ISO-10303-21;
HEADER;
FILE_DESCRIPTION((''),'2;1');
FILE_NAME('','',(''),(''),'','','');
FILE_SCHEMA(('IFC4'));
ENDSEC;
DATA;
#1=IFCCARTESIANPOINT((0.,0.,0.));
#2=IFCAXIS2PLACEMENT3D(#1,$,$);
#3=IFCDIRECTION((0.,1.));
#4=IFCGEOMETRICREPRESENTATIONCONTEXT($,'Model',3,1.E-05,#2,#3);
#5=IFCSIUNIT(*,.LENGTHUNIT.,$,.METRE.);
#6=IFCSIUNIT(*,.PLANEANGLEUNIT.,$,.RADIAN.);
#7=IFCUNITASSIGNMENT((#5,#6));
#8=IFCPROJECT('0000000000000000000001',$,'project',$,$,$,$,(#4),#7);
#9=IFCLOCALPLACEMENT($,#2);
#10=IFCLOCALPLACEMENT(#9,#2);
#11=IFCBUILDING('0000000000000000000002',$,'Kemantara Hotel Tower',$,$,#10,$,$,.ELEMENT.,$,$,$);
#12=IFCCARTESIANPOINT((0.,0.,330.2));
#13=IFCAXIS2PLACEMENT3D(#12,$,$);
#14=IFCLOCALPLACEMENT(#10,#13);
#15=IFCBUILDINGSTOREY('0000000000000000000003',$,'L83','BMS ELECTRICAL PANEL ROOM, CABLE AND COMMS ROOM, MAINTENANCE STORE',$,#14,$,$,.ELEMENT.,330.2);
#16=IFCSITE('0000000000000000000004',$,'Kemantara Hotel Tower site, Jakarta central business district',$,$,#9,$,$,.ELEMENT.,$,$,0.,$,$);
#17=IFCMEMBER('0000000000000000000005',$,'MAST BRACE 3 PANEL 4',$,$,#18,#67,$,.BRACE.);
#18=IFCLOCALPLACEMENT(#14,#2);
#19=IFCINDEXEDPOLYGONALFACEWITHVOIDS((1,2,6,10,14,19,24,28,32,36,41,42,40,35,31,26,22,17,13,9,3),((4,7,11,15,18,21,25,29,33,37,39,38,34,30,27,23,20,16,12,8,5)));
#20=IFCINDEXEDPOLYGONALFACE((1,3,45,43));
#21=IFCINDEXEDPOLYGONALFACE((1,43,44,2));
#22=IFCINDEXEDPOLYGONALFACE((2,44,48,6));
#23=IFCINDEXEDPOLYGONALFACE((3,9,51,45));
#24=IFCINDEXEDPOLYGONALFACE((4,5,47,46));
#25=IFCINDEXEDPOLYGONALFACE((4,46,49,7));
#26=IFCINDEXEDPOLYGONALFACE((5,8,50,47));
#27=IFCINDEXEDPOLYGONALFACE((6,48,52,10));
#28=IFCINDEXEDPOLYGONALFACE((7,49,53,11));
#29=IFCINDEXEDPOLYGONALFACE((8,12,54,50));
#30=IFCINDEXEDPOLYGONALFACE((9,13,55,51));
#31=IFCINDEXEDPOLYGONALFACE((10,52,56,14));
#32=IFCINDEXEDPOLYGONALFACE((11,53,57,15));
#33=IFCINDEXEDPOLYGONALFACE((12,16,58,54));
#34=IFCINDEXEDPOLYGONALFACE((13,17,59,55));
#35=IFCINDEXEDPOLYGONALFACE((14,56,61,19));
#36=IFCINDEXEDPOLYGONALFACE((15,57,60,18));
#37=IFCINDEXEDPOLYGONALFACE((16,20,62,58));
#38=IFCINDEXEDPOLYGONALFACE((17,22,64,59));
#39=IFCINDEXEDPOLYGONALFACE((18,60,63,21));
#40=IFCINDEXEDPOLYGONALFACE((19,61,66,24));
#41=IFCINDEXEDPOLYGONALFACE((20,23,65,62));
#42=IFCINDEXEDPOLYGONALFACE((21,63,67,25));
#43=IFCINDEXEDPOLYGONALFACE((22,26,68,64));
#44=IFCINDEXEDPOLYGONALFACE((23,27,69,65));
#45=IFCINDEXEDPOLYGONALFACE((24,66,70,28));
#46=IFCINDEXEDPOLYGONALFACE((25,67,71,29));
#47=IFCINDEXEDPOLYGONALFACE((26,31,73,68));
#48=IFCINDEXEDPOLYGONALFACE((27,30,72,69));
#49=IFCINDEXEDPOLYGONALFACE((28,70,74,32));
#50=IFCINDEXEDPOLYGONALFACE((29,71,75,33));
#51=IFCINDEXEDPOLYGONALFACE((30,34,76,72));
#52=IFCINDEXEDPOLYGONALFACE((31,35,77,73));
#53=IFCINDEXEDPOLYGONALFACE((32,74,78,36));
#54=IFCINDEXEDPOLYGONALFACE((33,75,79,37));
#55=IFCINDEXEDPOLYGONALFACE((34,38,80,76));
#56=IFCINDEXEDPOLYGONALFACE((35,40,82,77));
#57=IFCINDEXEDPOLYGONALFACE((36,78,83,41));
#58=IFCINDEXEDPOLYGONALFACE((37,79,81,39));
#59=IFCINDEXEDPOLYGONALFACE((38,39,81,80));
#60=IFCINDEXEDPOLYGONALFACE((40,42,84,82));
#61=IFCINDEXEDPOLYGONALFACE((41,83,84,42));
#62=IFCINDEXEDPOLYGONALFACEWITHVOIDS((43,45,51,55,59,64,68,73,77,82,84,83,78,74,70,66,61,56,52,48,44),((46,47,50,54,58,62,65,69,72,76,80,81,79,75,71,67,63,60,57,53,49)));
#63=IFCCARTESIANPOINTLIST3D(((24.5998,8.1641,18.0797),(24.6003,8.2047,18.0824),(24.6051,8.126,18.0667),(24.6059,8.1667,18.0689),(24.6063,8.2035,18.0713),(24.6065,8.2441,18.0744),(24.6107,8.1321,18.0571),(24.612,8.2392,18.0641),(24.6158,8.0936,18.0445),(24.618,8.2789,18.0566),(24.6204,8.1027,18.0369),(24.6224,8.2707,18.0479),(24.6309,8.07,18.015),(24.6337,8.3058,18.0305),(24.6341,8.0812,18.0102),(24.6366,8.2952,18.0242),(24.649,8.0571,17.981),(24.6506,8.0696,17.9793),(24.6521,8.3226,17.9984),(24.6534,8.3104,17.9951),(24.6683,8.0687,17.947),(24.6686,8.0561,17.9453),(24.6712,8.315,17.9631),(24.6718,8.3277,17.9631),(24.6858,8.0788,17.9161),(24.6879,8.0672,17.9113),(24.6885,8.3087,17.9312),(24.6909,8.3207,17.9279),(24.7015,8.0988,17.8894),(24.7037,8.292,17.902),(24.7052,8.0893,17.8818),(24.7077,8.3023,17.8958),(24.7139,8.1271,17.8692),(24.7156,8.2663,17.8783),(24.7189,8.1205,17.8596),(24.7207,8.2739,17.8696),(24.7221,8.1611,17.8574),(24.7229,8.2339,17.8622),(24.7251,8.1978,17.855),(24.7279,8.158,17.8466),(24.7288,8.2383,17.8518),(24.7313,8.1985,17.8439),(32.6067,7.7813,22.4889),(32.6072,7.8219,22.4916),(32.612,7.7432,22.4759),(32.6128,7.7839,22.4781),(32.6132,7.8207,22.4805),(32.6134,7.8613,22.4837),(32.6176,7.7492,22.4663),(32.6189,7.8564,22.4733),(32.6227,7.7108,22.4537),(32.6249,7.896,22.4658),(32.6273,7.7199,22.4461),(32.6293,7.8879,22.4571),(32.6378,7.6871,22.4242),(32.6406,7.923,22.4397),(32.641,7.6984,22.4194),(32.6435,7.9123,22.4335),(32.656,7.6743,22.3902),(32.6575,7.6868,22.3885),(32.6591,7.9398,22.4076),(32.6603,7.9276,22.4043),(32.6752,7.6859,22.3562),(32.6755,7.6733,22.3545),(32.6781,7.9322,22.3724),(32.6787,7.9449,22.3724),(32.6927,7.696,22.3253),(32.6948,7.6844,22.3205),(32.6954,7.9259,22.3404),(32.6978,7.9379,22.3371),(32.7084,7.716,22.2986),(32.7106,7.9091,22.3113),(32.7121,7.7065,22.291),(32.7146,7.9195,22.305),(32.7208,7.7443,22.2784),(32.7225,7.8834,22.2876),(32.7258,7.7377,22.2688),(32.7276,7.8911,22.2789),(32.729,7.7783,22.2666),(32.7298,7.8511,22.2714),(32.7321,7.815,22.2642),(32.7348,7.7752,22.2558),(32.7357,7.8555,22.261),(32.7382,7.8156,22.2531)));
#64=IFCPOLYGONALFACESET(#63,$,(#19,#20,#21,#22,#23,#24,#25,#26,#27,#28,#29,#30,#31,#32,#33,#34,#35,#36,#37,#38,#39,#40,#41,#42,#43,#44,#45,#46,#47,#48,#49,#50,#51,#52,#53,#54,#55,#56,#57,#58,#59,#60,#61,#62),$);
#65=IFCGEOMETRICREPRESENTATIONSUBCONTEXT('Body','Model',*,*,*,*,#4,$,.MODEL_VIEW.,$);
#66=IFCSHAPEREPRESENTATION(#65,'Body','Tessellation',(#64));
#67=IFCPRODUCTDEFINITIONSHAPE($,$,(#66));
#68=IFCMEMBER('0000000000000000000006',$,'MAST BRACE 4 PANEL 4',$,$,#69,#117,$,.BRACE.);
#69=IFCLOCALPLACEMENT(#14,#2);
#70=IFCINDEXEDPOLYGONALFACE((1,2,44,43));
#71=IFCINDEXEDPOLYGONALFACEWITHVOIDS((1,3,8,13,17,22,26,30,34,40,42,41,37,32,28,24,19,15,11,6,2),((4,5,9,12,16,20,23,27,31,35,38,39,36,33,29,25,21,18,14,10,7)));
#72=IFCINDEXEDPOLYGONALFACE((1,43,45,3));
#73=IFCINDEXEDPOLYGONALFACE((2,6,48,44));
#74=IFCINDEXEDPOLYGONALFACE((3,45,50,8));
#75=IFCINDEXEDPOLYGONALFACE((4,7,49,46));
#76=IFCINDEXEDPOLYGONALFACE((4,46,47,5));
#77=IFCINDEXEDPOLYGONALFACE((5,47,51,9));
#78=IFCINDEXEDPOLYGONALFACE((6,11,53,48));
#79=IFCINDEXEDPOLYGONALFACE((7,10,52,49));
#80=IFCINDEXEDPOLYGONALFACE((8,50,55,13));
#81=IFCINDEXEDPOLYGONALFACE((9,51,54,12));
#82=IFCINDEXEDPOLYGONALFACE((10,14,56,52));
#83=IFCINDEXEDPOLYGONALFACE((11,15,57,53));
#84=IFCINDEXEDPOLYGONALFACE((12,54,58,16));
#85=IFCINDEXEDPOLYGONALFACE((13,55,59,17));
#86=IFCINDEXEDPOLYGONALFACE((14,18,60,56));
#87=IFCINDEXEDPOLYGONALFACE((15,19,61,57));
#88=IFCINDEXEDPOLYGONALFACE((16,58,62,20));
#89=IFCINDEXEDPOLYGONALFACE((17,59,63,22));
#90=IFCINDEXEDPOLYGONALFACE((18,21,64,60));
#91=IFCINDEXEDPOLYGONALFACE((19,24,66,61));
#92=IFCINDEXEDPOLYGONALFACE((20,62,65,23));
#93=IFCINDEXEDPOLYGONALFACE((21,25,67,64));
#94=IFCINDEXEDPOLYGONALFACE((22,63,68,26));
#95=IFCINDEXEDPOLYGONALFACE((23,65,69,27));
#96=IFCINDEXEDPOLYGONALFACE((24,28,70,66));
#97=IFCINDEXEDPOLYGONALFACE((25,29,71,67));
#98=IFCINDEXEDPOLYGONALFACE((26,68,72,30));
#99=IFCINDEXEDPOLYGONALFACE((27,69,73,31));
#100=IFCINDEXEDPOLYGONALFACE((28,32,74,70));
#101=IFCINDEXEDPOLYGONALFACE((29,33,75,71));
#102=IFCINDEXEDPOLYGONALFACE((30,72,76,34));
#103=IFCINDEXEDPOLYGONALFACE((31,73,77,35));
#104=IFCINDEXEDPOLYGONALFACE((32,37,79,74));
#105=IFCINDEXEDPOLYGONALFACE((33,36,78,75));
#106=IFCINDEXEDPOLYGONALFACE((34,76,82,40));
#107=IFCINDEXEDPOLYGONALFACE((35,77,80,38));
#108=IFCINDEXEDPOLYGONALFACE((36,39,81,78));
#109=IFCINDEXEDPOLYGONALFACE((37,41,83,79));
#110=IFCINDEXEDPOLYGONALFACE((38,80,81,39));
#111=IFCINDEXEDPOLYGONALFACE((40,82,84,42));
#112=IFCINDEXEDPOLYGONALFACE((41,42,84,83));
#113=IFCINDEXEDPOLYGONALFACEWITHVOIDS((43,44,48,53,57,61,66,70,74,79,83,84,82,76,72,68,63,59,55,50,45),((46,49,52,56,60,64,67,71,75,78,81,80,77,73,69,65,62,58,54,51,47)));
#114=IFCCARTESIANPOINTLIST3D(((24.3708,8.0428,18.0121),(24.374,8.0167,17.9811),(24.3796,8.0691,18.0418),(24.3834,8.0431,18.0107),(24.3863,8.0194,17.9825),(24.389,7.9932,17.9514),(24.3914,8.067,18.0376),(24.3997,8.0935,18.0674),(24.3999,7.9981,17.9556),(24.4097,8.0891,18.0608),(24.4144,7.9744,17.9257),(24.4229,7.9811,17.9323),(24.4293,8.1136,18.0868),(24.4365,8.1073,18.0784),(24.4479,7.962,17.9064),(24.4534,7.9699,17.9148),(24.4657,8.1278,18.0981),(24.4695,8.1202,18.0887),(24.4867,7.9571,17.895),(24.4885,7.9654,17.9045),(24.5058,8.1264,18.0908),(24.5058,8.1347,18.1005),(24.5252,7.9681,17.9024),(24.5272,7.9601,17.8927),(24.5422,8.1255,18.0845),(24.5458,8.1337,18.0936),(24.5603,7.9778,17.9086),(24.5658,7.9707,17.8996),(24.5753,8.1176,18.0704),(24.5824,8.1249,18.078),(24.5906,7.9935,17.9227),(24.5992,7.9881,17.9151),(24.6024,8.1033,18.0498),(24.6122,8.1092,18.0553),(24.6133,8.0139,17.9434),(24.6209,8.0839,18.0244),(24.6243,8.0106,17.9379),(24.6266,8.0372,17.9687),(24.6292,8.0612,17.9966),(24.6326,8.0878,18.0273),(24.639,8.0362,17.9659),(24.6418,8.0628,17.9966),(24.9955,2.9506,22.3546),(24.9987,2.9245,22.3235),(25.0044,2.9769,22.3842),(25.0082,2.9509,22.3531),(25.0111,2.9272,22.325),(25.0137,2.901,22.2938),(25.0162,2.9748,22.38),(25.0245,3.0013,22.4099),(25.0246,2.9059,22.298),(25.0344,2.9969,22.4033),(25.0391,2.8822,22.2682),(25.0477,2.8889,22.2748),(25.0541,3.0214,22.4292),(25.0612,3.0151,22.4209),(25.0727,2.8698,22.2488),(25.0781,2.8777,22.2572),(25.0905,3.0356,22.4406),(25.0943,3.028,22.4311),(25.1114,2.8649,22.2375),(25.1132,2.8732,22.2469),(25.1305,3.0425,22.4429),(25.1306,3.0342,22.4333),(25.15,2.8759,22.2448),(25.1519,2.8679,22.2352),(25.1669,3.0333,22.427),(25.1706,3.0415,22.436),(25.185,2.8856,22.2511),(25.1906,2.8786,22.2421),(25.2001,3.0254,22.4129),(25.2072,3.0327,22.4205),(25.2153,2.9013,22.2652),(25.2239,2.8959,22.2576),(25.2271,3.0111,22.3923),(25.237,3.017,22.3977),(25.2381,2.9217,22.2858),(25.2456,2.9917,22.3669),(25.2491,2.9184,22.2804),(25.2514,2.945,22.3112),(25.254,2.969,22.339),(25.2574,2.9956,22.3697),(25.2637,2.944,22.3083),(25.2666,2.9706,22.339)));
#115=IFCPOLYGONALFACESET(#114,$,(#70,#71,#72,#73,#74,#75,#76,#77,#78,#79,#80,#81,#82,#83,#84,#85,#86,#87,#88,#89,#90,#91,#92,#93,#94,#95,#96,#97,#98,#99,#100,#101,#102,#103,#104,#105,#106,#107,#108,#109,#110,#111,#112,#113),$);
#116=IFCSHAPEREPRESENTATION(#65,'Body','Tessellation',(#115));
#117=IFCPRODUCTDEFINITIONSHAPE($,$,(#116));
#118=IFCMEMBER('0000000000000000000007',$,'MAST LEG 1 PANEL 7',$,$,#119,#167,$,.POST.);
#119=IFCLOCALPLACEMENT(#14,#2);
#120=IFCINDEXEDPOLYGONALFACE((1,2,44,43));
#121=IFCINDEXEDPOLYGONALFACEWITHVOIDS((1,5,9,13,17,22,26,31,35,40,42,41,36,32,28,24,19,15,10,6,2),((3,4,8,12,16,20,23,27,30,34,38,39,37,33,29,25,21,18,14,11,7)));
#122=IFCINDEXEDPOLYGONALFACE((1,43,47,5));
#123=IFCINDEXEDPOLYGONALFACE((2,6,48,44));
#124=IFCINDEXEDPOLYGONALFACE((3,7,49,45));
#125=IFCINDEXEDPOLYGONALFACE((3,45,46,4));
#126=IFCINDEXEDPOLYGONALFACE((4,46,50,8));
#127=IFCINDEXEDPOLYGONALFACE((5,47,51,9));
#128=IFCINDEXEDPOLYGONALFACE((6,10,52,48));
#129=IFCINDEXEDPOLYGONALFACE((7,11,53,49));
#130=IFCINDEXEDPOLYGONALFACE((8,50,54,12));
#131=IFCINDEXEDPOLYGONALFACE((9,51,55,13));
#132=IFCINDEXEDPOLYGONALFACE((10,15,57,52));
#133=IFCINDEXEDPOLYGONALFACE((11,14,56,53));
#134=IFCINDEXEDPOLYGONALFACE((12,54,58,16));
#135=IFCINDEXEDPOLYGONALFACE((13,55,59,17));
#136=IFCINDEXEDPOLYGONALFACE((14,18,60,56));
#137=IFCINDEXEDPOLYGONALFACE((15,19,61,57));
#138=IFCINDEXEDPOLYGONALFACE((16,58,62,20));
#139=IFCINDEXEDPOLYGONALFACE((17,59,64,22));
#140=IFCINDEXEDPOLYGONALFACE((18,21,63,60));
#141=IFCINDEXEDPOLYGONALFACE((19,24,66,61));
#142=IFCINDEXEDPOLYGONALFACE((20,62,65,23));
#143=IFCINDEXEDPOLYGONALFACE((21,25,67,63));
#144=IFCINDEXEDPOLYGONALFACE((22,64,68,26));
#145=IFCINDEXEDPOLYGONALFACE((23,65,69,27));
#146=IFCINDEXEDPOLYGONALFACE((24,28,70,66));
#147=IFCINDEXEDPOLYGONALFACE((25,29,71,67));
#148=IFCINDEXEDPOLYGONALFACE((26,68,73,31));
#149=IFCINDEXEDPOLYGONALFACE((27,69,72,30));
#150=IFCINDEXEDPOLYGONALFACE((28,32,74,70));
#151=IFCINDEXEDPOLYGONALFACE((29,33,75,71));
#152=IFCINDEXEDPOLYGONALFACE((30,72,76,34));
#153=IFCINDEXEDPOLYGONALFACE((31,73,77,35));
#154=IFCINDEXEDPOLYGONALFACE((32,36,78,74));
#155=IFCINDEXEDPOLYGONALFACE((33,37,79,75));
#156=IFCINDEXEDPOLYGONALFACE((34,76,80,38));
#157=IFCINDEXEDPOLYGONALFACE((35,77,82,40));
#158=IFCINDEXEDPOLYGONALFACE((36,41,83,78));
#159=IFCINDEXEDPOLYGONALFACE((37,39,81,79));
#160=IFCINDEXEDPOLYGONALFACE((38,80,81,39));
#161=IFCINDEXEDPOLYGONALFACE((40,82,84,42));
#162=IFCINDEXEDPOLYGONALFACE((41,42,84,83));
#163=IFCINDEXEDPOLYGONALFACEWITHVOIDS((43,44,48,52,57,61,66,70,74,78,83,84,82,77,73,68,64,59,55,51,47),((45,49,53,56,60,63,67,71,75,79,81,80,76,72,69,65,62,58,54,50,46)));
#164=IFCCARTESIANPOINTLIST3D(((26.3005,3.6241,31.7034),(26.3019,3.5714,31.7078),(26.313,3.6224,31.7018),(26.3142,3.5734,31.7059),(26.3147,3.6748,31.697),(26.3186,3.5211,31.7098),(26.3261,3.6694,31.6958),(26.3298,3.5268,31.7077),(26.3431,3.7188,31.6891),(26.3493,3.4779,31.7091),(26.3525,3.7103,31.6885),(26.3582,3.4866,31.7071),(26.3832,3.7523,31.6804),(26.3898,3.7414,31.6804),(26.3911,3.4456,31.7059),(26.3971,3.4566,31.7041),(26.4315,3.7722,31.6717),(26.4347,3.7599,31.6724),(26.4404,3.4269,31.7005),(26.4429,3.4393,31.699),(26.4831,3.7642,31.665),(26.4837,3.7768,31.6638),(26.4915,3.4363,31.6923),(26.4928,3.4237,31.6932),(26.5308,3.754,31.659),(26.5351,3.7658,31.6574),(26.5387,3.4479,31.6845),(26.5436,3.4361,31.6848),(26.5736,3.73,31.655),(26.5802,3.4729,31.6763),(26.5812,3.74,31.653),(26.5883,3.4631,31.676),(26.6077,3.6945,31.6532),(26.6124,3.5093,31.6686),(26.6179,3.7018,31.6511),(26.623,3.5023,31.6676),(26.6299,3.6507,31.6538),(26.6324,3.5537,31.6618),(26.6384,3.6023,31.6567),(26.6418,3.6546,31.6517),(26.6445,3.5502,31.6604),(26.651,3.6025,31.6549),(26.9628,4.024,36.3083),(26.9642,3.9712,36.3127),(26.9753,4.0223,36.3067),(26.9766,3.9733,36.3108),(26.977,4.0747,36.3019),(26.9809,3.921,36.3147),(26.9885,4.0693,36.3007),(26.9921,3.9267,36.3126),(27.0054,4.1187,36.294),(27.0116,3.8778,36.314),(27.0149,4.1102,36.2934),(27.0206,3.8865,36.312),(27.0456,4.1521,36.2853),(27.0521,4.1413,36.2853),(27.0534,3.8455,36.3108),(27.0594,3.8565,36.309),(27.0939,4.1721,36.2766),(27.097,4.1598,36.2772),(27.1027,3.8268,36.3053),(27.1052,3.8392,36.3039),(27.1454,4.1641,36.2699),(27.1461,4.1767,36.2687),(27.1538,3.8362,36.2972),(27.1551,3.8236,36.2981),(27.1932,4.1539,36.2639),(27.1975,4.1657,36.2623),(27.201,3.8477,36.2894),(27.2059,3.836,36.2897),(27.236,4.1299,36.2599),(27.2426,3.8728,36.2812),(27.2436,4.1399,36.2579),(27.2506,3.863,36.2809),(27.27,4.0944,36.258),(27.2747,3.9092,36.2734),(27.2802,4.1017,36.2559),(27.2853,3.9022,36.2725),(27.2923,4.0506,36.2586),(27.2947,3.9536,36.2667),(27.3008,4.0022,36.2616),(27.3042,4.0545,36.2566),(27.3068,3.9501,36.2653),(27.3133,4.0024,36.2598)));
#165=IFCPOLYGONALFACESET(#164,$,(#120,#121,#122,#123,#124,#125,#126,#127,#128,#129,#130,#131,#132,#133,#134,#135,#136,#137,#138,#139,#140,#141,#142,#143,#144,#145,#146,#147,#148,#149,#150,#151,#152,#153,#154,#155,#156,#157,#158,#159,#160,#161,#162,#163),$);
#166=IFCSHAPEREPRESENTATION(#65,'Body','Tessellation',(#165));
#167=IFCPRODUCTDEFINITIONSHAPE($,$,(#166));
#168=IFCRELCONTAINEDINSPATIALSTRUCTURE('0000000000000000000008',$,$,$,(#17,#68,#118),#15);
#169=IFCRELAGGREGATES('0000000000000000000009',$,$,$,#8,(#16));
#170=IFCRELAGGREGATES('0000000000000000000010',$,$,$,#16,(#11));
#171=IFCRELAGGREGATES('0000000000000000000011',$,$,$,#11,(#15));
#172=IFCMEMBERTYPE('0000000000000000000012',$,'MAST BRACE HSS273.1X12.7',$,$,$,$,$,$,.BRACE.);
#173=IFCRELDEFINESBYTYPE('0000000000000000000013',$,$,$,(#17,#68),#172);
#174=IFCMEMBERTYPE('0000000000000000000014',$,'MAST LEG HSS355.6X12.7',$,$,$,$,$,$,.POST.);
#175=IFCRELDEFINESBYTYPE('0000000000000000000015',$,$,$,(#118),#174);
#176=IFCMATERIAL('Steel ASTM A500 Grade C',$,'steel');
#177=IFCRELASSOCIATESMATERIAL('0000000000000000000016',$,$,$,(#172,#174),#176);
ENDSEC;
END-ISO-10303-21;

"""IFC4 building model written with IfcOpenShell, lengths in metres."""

from ifc_helpers import new_model, si_unit, direction, frame, origin, origin_2d, place, context, subcontext, project, spatial, hollow_circle, extrude, material, material_profile, profile_set, type_object, element, save


model = new_model("IFC4")

# Units and contexts
model_context = context("Model", 3, precision=1e-05, world=origin(), true_north=direction((0.0, 1.0)))
body_context = subcontext(model_context, "Body", "Model", "MODEL_VIEW")
ifc_project = project(units=[si_unit("LENGTHUNIT", "METRE"), si_unit("PLANEANGLEUNIT", "RADIAN")], contexts=[model_context])

# Site, building, storey
site_placement = place(None, origin())
site = spatial("IfcSite", under=ifc_project, at=site_placement, Name="Kemantara Hotel Tower site, Jakarta central business district", CompositionType="ELEMENT", RefElevation=0.0)
building_placement = place(site_placement, origin())
building = spatial("IfcBuilding", under=site, at=building_placement, Name="Kemantara Hotel Tower", CompositionType="ELEMENT")
storey_placement = place(building_placement, frame((0.0, 0.0, 330.2)))
storey = spatial("IfcBuildingStorey", under=building, at=storey_placement, Name="L83", Description="BMS ELECTRICAL PANEL ROOM, CABLE AND COMMS ROOM, MAINTENANCE STORE", CompositionType="ELEMENT", Elevation=330.2)

# Members
ifc_material_1 = material(Name="Steel ASTM A500 Grade C", Category="steel")
ifc_material_profile_1 = material_profile(ifc_material_1, hollow_circle(Radius=0.1365, WallThickness=0.0127, at=origin_2d()), Name="HSS273.1X12.7")
ifc_profile_set_1 = profile_set([ifc_material_profile_1], Name="Steel ASTM A500 Grade C")
member_type_1 = type_object("IfcMemberType", Name="MAST BRACE HSS273.1X12.7", PredefinedType="BRACE", material=ifc_profile_set_1)
member_1_placement = place(storey_placement, frame((24.6653, 8.1914, 17.9631), z_axis=(0.875198, -0.041844, 0.481951), x_axis=(0.047756, 0.998859, 0.0)))
element("IfcMember", 1, at=member_1_placement, inside=storey, type_object=member_type_1, Name="MAST BRACE 3 PANEL 4", PredefinedType="BRACE", context=body_context, shape_type="SweptSolid", body=[
    extrude(hollow_circle(Radius=0.1365, WallThickness=0.0127, at=origin_2d()), origin(), (0.0, 0.0, 1.0), 9.1487),
])
member_2_placement = place(storey_placement, frame((24.5063, 8.0461, 17.9966), z_axis=(0.092948, -0.757606, 0.646061), x_axis=(0.992558, 0.121774, 0.0)))
element("IfcMember", 2, at=member_2_placement, inside=storey, type_object=member_type_1, Name="MAST BRACE 4 PANEL 4", PredefinedType="BRACE", context=body_context, shape_type="SweptSolid", body=[
    extrude(hollow_circle(Radius=0.1365, WallThickness=0.0127, at=origin_2d()), origin(), (0.0, 0.0, 1.0), 6.7214),
])
ifc_material_profile_2 = material_profile(ifc_material_1, hollow_circle(Radius=0.1777, WallThickness=0.0127, at=origin_2d()), Name="HSS355.6X12.7")
ifc_profile_set_2 = profile_set([ifc_material_profile_2], Name="Steel ASTM A500 Grade C")
member_type_2 = type_object("IfcMemberType", Name="MAST LEG HSS355.6X12.7", PredefinedType="POST", material=ifc_profile_set_2)
for number, where, z_axis, x_axis, name in (
    (3, (26.4751, 3.6001, 31.6804), (0.141846, 0.085641, 0.986177), (-0.51686, 0.85607, 0.0), "MAST LEG 1 PANEL 7"),
):
    element("IfcMember", number, at=place(storey_placement, frame(where, z_axis=z_axis, x_axis=x_axis)), inside=storey, type_object=member_type_2, Name=name, PredefinedType="POST", context=body_context, shape_type="SweptSolid", body=[
        extrude(hollow_circle(Radius=0.1777, WallThickness=0.0127, at=origin_2d()), origin(), (0.0, 0.0, 1.0), 4.6694),
    ])

save(model, "model.ifc")
